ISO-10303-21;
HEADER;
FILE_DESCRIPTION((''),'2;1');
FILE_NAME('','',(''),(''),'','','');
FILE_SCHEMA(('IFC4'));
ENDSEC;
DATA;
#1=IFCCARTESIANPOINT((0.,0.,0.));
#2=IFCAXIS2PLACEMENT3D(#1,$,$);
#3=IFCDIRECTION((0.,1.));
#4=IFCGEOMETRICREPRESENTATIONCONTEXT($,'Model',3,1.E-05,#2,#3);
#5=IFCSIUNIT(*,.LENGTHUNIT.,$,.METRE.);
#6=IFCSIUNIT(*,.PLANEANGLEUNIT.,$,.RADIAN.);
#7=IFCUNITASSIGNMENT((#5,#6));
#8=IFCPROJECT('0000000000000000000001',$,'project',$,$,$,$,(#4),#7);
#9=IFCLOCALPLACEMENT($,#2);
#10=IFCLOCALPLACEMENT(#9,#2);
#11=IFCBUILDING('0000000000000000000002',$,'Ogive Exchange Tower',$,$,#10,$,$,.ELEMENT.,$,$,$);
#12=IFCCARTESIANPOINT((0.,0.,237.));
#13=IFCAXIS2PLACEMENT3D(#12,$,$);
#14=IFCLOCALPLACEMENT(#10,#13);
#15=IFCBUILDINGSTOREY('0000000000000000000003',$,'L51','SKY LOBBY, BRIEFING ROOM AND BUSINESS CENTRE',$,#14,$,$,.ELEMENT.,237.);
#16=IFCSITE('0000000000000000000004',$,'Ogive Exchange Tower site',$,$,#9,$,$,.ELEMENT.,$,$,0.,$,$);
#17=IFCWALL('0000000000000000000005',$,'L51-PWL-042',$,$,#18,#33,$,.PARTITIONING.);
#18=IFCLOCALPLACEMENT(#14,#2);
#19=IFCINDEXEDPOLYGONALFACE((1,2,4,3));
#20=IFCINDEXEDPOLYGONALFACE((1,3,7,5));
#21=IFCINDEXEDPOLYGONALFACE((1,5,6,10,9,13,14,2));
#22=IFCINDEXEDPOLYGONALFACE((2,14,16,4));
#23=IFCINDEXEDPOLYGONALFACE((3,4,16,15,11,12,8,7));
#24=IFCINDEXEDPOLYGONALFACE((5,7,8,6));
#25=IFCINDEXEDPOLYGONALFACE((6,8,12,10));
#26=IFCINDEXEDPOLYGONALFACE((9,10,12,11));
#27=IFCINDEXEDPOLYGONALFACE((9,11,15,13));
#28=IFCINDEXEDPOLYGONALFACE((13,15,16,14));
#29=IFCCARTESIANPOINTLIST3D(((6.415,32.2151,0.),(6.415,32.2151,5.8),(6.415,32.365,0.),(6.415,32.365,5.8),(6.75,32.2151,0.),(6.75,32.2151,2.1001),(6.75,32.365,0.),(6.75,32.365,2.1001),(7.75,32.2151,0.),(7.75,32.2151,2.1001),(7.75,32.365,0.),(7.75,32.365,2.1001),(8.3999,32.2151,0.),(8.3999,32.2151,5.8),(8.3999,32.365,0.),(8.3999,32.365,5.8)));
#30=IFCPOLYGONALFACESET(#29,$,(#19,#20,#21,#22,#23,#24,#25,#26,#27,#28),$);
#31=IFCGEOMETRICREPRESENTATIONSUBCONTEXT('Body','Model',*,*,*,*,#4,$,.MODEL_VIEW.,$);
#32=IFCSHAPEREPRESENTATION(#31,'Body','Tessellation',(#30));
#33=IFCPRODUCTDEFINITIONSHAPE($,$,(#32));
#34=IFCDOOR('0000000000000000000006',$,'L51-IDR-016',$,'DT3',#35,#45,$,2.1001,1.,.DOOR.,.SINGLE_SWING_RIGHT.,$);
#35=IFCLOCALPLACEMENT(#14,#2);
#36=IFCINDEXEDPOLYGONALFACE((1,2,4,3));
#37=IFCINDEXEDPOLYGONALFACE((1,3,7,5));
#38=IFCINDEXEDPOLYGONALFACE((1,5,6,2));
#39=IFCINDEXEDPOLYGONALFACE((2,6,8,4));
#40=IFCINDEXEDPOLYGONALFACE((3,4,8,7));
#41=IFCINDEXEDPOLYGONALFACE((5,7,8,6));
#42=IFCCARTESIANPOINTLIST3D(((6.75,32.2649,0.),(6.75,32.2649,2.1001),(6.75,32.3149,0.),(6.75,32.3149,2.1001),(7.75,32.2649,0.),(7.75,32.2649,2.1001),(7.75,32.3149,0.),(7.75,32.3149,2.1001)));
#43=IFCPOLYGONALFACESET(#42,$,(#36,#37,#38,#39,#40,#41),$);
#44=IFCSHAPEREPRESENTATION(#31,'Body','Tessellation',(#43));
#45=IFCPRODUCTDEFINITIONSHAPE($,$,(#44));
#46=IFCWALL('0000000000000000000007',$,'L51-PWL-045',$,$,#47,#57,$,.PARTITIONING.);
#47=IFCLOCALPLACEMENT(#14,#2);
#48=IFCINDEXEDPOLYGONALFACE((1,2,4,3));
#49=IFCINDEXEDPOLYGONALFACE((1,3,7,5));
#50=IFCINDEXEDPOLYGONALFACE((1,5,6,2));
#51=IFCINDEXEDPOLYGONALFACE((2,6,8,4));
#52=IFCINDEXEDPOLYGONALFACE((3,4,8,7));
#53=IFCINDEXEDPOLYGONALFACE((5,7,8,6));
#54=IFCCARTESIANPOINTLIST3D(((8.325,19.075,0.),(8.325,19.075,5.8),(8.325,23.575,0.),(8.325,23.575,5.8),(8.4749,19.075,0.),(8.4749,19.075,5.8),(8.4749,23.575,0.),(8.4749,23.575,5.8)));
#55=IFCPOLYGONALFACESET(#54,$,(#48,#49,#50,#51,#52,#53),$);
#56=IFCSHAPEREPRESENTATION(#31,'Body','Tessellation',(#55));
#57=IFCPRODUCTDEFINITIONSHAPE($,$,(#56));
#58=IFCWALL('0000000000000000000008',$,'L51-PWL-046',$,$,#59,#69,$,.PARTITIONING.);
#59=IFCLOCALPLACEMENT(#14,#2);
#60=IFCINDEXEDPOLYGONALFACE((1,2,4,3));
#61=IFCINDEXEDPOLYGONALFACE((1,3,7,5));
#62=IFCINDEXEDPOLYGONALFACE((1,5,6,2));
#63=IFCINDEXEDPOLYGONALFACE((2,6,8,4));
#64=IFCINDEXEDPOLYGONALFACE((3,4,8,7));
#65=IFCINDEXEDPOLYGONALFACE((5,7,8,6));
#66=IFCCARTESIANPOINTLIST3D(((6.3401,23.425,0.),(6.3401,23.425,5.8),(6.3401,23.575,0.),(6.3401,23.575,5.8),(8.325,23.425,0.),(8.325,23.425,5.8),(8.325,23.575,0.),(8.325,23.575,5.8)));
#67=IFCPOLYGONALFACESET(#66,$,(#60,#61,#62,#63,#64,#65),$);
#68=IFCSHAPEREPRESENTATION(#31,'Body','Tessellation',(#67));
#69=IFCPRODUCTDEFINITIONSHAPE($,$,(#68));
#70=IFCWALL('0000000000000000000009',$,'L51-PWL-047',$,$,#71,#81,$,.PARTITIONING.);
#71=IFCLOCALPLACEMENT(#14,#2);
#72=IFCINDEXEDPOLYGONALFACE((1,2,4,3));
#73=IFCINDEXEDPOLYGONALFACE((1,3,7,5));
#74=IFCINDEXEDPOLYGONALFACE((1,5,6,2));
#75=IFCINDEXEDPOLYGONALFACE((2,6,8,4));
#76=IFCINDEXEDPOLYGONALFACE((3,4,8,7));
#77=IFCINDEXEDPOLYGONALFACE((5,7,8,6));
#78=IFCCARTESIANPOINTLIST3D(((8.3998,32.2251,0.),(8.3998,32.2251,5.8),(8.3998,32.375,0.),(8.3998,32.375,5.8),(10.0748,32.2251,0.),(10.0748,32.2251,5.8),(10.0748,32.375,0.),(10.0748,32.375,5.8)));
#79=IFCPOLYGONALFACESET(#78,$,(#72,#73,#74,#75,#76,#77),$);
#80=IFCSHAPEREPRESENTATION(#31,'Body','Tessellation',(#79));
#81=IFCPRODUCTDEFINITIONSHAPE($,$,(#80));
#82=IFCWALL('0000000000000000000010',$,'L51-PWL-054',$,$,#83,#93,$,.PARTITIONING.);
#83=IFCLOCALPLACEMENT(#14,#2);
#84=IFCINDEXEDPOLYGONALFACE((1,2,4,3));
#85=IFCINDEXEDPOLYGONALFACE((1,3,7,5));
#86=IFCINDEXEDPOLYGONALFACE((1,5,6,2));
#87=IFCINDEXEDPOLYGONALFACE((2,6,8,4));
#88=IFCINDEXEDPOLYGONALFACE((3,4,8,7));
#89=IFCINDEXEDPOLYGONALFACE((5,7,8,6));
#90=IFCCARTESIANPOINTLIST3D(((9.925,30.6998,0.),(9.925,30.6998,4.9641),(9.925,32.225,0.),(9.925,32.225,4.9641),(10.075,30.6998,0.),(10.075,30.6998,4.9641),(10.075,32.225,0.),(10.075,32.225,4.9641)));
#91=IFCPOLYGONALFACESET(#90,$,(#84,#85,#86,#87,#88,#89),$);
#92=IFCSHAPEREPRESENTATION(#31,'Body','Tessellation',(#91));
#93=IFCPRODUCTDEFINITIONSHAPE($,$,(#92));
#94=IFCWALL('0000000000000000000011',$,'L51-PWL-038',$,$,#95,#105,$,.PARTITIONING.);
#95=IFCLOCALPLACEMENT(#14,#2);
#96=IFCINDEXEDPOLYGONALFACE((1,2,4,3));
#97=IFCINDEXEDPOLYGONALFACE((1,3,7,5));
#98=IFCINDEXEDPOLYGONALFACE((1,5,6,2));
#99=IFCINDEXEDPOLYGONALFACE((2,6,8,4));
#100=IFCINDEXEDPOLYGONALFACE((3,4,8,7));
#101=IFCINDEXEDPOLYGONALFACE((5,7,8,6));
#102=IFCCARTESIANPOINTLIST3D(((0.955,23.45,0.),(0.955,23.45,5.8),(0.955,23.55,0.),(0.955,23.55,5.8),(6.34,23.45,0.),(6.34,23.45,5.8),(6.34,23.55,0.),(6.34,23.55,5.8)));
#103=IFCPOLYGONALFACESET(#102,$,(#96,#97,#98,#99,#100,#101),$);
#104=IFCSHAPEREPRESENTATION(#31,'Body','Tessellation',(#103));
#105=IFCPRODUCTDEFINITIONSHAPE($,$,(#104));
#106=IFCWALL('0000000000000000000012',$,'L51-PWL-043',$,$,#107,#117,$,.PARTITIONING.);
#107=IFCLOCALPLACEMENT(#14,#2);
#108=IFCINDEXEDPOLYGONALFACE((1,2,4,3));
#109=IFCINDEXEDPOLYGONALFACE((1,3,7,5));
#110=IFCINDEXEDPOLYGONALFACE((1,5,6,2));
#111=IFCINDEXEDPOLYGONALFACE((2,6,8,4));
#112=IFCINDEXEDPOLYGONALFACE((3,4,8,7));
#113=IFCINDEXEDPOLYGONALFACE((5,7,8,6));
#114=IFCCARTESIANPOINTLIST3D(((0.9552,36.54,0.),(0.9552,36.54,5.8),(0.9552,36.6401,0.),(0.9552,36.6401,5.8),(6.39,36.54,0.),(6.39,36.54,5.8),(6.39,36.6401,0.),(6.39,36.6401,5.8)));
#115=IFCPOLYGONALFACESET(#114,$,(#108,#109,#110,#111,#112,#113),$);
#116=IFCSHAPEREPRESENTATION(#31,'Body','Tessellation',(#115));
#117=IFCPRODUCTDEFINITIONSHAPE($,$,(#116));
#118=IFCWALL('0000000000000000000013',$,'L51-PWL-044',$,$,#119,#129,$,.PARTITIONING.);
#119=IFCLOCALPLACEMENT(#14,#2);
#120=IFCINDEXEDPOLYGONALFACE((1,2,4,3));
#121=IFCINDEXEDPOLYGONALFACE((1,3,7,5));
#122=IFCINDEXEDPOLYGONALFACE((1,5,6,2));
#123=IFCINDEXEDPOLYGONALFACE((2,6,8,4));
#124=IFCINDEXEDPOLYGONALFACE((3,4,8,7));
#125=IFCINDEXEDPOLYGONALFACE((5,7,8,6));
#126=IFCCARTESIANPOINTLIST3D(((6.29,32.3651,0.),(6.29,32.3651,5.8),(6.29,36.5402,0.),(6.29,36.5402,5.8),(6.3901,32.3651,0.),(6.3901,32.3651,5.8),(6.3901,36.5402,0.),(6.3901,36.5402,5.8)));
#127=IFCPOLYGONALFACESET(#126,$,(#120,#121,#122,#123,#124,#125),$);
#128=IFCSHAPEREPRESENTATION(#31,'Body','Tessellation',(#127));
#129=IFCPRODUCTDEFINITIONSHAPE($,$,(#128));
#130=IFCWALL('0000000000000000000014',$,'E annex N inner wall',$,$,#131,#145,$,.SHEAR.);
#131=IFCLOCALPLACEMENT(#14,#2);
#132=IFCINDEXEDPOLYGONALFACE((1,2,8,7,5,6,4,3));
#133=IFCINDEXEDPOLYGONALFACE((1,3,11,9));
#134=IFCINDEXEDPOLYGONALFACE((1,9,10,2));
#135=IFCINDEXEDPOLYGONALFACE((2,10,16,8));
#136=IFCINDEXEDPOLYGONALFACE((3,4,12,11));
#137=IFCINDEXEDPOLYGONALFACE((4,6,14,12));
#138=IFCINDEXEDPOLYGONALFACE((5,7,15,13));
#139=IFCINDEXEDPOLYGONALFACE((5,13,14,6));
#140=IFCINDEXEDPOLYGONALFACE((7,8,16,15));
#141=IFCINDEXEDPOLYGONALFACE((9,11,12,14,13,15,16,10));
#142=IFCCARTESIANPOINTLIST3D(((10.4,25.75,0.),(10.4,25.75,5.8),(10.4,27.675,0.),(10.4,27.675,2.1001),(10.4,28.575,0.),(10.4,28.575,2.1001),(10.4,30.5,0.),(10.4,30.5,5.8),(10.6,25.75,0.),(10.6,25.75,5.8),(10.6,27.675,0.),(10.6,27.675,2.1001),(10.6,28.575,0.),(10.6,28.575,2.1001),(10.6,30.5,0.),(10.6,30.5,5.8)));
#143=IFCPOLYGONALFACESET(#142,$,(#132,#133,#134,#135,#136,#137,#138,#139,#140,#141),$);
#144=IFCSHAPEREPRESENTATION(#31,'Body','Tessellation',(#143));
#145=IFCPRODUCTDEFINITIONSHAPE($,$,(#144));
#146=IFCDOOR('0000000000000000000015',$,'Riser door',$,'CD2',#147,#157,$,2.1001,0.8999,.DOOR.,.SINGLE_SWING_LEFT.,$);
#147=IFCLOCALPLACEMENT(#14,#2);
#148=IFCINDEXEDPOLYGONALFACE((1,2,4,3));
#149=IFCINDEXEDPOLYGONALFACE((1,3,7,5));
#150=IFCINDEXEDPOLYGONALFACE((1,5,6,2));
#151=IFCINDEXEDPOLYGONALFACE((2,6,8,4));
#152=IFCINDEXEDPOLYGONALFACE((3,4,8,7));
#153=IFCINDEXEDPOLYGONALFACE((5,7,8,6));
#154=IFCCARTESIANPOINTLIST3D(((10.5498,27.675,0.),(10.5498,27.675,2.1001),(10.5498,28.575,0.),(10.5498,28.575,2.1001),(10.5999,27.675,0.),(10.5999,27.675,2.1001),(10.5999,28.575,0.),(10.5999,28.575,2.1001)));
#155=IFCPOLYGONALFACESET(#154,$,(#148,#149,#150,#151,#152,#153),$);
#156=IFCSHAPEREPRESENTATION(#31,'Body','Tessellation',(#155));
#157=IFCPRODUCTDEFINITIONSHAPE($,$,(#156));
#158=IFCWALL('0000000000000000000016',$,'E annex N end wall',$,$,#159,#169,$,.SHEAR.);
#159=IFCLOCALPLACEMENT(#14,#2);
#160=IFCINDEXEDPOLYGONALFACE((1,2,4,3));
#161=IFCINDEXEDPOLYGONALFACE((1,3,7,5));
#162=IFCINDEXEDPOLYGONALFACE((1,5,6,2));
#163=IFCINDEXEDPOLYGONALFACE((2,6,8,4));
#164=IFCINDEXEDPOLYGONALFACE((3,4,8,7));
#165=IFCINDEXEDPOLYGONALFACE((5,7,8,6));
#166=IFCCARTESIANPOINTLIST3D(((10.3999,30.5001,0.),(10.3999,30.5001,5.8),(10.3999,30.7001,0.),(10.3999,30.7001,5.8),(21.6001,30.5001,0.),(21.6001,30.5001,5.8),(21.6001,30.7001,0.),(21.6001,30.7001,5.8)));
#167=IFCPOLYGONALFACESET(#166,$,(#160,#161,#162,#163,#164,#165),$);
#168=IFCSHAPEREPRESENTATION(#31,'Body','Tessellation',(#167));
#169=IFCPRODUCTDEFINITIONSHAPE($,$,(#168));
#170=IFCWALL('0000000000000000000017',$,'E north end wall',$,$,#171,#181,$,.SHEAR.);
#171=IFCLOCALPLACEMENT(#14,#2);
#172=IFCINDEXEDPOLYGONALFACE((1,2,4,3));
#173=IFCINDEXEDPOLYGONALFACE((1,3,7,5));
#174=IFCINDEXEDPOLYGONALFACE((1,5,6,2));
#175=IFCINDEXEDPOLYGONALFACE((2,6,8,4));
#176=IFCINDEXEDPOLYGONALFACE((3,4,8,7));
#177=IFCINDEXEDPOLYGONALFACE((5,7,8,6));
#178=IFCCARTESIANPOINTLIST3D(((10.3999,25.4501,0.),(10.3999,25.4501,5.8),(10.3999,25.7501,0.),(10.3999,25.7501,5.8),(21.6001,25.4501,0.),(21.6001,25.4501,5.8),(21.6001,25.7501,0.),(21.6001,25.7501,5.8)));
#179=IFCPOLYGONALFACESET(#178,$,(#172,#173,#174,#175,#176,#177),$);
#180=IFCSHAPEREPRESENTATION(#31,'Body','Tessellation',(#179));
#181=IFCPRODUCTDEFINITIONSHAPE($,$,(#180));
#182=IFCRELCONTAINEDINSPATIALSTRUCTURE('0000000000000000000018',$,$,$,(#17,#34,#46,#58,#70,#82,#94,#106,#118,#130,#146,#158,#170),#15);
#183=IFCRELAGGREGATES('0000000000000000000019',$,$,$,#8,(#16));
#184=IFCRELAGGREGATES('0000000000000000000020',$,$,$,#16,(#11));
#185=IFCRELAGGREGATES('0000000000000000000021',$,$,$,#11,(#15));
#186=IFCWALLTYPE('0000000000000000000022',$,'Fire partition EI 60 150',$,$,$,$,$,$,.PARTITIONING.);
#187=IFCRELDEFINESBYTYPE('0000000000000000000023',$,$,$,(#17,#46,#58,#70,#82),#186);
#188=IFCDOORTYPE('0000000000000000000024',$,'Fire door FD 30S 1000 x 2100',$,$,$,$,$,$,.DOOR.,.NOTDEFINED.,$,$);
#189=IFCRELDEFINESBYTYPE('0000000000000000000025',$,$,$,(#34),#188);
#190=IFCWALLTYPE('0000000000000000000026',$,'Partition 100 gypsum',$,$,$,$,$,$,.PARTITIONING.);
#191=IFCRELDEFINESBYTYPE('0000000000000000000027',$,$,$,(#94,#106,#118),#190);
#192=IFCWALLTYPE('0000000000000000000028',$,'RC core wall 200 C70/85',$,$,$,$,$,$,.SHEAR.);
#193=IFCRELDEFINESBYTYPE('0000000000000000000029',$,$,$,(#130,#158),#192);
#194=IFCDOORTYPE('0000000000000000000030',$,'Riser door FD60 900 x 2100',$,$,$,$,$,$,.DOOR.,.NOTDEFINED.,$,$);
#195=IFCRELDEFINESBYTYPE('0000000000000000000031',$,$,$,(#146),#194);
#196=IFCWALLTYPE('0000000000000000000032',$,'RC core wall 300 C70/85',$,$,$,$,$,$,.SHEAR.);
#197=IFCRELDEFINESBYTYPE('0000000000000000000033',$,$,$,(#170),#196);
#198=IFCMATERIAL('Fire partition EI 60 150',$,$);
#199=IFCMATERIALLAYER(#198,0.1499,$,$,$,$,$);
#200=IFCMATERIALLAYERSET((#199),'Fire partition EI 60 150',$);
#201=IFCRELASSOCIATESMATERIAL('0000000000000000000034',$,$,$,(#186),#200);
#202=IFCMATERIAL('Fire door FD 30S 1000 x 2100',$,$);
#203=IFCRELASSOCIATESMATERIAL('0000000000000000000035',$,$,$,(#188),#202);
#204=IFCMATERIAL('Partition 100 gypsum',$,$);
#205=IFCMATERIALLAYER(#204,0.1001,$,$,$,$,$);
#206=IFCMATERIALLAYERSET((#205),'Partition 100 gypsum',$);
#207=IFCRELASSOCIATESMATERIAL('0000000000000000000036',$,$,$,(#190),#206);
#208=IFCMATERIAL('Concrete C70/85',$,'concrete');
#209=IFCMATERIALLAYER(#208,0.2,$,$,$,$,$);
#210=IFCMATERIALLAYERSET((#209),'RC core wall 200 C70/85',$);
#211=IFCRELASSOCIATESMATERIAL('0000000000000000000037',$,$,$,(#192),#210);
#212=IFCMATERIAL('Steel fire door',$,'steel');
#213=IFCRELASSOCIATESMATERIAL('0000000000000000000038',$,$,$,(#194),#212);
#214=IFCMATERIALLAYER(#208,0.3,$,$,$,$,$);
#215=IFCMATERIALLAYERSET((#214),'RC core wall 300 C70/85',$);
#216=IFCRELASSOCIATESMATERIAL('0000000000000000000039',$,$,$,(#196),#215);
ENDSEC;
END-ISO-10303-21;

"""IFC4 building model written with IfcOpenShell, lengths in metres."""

from ifc_helpers import new_model, si_unit, direction, frame, frame_2d, origin, place, context, subcontext, project, spatial, rectangle, extrude, material, layer, layer_set, type_object, element, fill, save


model = new_model("IFC4")

# Units and contexts
model_context = context("Model", 3, precision=1e-05, world=origin(), true_north=direction((0.0, 1.0)))
body_context = subcontext(model_context, "Body", "Model", "MODEL_VIEW")
ifc_project = project(units=[si_unit("LENGTHUNIT", "METRE"), si_unit("PLANEANGLEUNIT", "RADIAN")], contexts=[model_context])

# Site, building, storey
site_placement = place(None, origin())
site = spatial("IfcSite", under=ifc_project, at=site_placement, Name="Ogive Exchange Tower site", CompositionType="ELEMENT", RefElevation=0.0)
building_placement = place(site_placement, origin())
building = spatial("IfcBuilding", under=site, at=building_placement, Name="Ogive Exchange Tower", CompositionType="ELEMENT")
storey_placement = place(building_placement, frame((0.0, 0.0, 237.0)))
storey = spatial("IfcBuildingStorey", under=building, at=storey_placement, Name="L51", Description="SKY LOBBY, BRIEFING ROOM AND BUSINESS CENTRE", CompositionType="ELEMENT", Elevation=237.0)

# Shared definitions
ifc_material_1 = material(Name="Fire partition EI 60 150")
ifc_layer_1 = layer(ifc_material_1, 0.1499)
ifc_layer_set_1 = layer_set([ifc_layer_1], Name="Fire partition EI 60 150")
wall_type_1 = type_object("IfcWallType", Name="Fire partition EI 60 150", PredefinedType="PARTITIONING", material=ifc_layer_set_1)
ifc_material_2 = material(Name="Fire door FD 30S 1000 x 2100")
door_type_1 = type_object("IfcDoorType", Name="Fire door FD 30S 1000 x 2100", OperationType="NOTDEFINED", PredefinedType="DOOR", material=ifc_material_2)

# Wall, opening, door
wall_1_placement = place(storey_placement, frame((6.415, 32.29, 0.0), z_axis=(0.0, 0.0, 1.0), x_axis=(1.0, 0.0, 0.0)))
wall_1 = element("IfcWall", 1, at=wall_1_placement, inside=storey, type_object=wall_type_1, Name="L51-PWL-042", PredefinedType="PARTITIONING", context=body_context, shape_type="SweptSolid", body=[
    extrude(rectangle(XDim=1.9849, YDim=0.1499, at=frame_2d((0.9924, 0.0))), origin(), (0.0, 0.0, 1.0), 5.8),
])
opening_1_placement = place(wall_1_placement, frame((0.335, 0.0, 0.0)))
opening_1 = element("IfcOpeningElement", 2, at=opening_1_placement, cuts=wall_1, PredefinedType="OPENING", context=body_context, shape_type="SweptSolid", body=[
    extrude(rectangle(XDim=1.0, YDim=2.1001, at=frame_2d((0.5, 1.05))), frame((0.0, 0.085, 0.0), z_axis=(0.0, -1.0, 0.0), x_axis=(1.0, 0.0, 0.0)), (0.0, 0.0, 1.0), 0.1699),
])
door_1_placement = place(opening_1_placement, origin())
door_1 = element("IfcDoor", 3, at=door_1_placement, inside=storey, type_object=door_type_1, Name="L51-IDR-016", ObjectType="DT3", OperationType="SINGLE_SWING_RIGHT", OverallHeight=2.1001, OverallWidth=1.0, PredefinedType="DOOR", context=body_context, shape_type="SweptSolid", body=[
    extrude(rectangle(XDim=1.0, YDim=2.1001, at=frame_2d((0.5, 1.05))), frame((0.0, 0.0249, 0.0), z_axis=(0.0, -1.0, 0.0), x_axis=(1.0, 0.0, 0.0)), (0.0, 0.0, 1.0), 0.05),
])
fill(opening_1, door_1)

# Walls
wall_2_placement = place(storey_placement, frame((8.3999, 19.075, 0.0), z_axis=(0.0, 0.0, 1.0), x_axis=(0.0, 1.0, 0.0)))
element("IfcWall", 4, at=wall_2_placement, inside=storey, type_object=wall_type_1, Name="L51-PWL-045", PredefinedType="PARTITIONING", context=body_context, shape_type="SweptSolid", body=[
    extrude(rectangle(XDim=4.5, YDim=0.1499, at=frame_2d((2.25, 0.0))), origin(), (0.0, 0.0, 1.0), 5.8),
])
wall_3_placement = place(storey_placement, frame((8.325, 23.5, 0.0), z_axis=(0.0, 0.0, 1.0), x_axis=(-1.0, 0.0, 0.0)))
element("IfcWall", 5, at=wall_3_placement, inside=storey, type_object=wall_type_1, Name="L51-PWL-046", PredefinedType="PARTITIONING", context=body_context, shape_type="SweptSolid", body=[
    extrude(rectangle(XDim=1.9849, YDim=0.1499, at=frame_2d((0.9924, 0.0))), origin(), (0.0, 0.0, 1.0), 5.8),
])
wall_4_placement = place(storey_placement, frame((8.3999, 32.3, 0.0), z_axis=(0.0, 0.0, 1.0), x_axis=(1.0, 0.0, 0.0)))
element("IfcWall", 6, at=wall_4_placement, inside=storey, type_object=wall_type_1, Name="L51-PWL-047", PredefinedType="PARTITIONING", context=body_context, shape_type="SweptSolid", body=[
    extrude(rectangle(XDim=1.675, YDim=0.1499, at=frame_2d((0.8374, 0.0))), origin(), (0.0, 0.0, 1.0), 5.8),
])
wall_5_placement = place(storey_placement, frame((10.0, 32.2251, 0.0), z_axis=(0.0, 0.0, 1.0), x_axis=(0.0, -1.0, 0.0)))
element("IfcWall", 7, at=wall_5_placement, inside=storey, type_object=wall_type_1, Name="L51-PWL-054", PredefinedType="PARTITIONING", context=body_context, shape_type="SweptSolid", body=[
    extrude(rectangle(XDim=1.5251, YDim=0.1499, at=frame_2d((0.7627, 0.0))), origin(), (0.0, 0.0, 1.0), 4.9641),
])
ifc_material_3 = material(Name="Partition 100 gypsum")
ifc_layer_2 = layer(ifc_material_3, 0.1001)
ifc_layer_set_2 = layer_set([ifc_layer_2], Name="Partition 100 gypsum")
wall_type_2 = type_object("IfcWallType", Name="Partition 100 gypsum", PredefinedType="PARTITIONING", material=ifc_layer_set_2)
wall_6_placement = place(storey_placement, frame((0.9551, 23.5, 0.0), z_axis=(0.0, 0.0, 1.0), x_axis=(1.0, 0.0, 0.0)))
element("IfcWall", 8, at=wall_6_placement, inside=storey, type_object=wall_type_2, Name="L51-PWL-038", PredefinedType="PARTITIONING", context=body_context, shape_type="SweptSolid", body=[
    extrude(rectangle(XDim=5.385, YDim=0.1001, at=frame_2d((2.6924, 0.0))), origin(), (0.0, 0.0, 1.0), 5.8),
])
wall_7_placement = place(storey_placement, frame((6.3899, 36.5901, 0.0), z_axis=(0.0, 0.0, 1.0), x_axis=(-1.0, 0.0, 0.0)))
element("IfcWall", 9, at=wall_7_placement, inside=storey, type_object=wall_type_2, Name="L51-PWL-043", PredefinedType="PARTITIONING", context=body_context, shape_type="SweptSolid", body=[
    extrude(rectangle(XDim=5.4348, YDim=0.1001, at=frame_2d((2.7173, 0.0))), origin(), (0.0, 0.0, 1.0), 5.8),
])
wall_8_placement = place(storey_placement, frame((6.3401, 36.54, 0.0), z_axis=(0.0, 0.0, 1.0), x_axis=(0.0, -1.0, 0.0)))
element("IfcWall", 10, at=wall_8_placement, inside=storey, type_object=wall_type_2, Name="L51-PWL-044", PredefinedType="PARTITIONING", context=body_context, shape_type="SweptSolid", body=[
    extrude(rectangle(XDim=4.175, YDim=0.1001, at=frame_2d((2.0874, 0.0))), origin(), (0.0, 0.0, 1.0), 5.8),
])

# Wall, opening, door
ifc_material_4 = material(Name="Concrete C70/85", Category="concrete")
ifc_layer_3 = layer(ifc_material_4, 0.2)
ifc_layer_set_3 = layer_set([ifc_layer_3], Name="RC core wall 200 C70/85")
wall_type_3 = type_object("IfcWallType", Name="RC core wall 200 C70/85", PredefinedType="SHEAR", material=ifc_layer_set_3)
wall_9_placement = place(storey_placement, frame((10.5, 25.75, 0.0), z_axis=(0.0, 0.0, 1.0), x_axis=(0.0, 1.0, 0.0)))
wall_9 = element("IfcWall", 11, at=wall_9_placement, inside=storey, type_object=wall_type_3, Name="E annex N inner wall", PredefinedType="SHEAR", context=body_context, shape_type="SweptSolid", body=[
    extrude(rectangle(XDim=4.75, YDim=0.2, at=frame_2d((2.375, 0.0))), origin(), (0.0, 0.0, 1.0), 5.8),
])
opening_2_placement = place(wall_9_placement, frame((1.925, 0.0, 0.0)))
opening_2 = element("IfcOpeningElement", 12, at=opening_2_placement, cuts=wall_9, PredefinedType="OPENING", context=body_context, shape_type="SweptSolid", body=[
    extrude(rectangle(XDim=0.8999, YDim=2.1001, at=frame_2d((0.45, 1.05))), frame((0.0, 0.1099, 0.0), z_axis=(0.0, -1.0, 0.0), x_axis=(1.0, 0.0, 0.0)), (0.0, 0.0, 1.0), 0.22),
])
ifc_material_5 = material(Name="Steel fire door", Category="steel")
door_type_2 = type_object("IfcDoorType", Name="Riser door FD60 900 x 2100", OperationType="NOTDEFINED", PredefinedType="DOOR", material=ifc_material_5)
door_2_placement = place(opening_2_placement, origin())
door_2 = element("IfcDoor", 13, at=door_2_placement, inside=storey, type_object=door_type_2, Name="Riser door", ObjectType="CD2", OperationType="SINGLE_SWING_LEFT", OverallHeight=2.1001, OverallWidth=0.8999, PredefinedType="DOOR", context=body_context, shape_type="SweptSolid", body=[
    extrude(rectangle(XDim=0.8999, YDim=2.1001, at=frame_2d((0.45, 1.05))), frame((0.0, -0.0498, 0.0), z_axis=(0.0, -1.0, 0.0), x_axis=(1.0, 0.0, 0.0)), (0.0, 0.0, 1.0), 0.05),
])
fill(opening_2, door_2)

# Walls
wall_10_placement = place(storey_placement, frame((10.3999, 30.6001, 0.0), z_axis=(0.0, 0.0, 1.0), x_axis=(1.0, 0.0, 0.0)))
element("IfcWall", 14, at=wall_10_placement, inside=storey, type_object=wall_type_3, Name="E annex N end wall", PredefinedType="SHEAR", context=body_context, shape_type="SweptSolid", body=[
    extrude(rectangle(XDim=11.2002, YDim=0.2, at=frame_2d((5.6001, 0.0))), origin(), (0.0, 0.0, 1.0), 5.8),
])
ifc_layer_4 = layer(ifc_material_4, 0.3)
ifc_layer_set_4 = layer_set([ifc_layer_4], Name="RC core wall 300 C70/85")
wall_type_4 = type_object("IfcWallType", Name="RC core wall 300 C70/85", PredefinedType="SHEAR", material=ifc_layer_set_4)
wall_11_placement = place(storey_placement, frame((10.3999, 25.6001, 0.0), z_axis=(0.0, 0.0, 1.0), x_axis=(1.0, 0.0, 0.0)))
element("IfcWall", 15, at=wall_11_placement, inside=storey, type_object=wall_type_4, Name="E north end wall", PredefinedType="SHEAR", context=body_context, shape_type="SweptSolid", body=[
    extrude(rectangle(XDim=11.2002, YDim=0.3, at=frame_2d((5.6001, 0.0))), origin(), (0.0, 0.0, 1.0), 5.8),
])

save(model, "model.ifc")
